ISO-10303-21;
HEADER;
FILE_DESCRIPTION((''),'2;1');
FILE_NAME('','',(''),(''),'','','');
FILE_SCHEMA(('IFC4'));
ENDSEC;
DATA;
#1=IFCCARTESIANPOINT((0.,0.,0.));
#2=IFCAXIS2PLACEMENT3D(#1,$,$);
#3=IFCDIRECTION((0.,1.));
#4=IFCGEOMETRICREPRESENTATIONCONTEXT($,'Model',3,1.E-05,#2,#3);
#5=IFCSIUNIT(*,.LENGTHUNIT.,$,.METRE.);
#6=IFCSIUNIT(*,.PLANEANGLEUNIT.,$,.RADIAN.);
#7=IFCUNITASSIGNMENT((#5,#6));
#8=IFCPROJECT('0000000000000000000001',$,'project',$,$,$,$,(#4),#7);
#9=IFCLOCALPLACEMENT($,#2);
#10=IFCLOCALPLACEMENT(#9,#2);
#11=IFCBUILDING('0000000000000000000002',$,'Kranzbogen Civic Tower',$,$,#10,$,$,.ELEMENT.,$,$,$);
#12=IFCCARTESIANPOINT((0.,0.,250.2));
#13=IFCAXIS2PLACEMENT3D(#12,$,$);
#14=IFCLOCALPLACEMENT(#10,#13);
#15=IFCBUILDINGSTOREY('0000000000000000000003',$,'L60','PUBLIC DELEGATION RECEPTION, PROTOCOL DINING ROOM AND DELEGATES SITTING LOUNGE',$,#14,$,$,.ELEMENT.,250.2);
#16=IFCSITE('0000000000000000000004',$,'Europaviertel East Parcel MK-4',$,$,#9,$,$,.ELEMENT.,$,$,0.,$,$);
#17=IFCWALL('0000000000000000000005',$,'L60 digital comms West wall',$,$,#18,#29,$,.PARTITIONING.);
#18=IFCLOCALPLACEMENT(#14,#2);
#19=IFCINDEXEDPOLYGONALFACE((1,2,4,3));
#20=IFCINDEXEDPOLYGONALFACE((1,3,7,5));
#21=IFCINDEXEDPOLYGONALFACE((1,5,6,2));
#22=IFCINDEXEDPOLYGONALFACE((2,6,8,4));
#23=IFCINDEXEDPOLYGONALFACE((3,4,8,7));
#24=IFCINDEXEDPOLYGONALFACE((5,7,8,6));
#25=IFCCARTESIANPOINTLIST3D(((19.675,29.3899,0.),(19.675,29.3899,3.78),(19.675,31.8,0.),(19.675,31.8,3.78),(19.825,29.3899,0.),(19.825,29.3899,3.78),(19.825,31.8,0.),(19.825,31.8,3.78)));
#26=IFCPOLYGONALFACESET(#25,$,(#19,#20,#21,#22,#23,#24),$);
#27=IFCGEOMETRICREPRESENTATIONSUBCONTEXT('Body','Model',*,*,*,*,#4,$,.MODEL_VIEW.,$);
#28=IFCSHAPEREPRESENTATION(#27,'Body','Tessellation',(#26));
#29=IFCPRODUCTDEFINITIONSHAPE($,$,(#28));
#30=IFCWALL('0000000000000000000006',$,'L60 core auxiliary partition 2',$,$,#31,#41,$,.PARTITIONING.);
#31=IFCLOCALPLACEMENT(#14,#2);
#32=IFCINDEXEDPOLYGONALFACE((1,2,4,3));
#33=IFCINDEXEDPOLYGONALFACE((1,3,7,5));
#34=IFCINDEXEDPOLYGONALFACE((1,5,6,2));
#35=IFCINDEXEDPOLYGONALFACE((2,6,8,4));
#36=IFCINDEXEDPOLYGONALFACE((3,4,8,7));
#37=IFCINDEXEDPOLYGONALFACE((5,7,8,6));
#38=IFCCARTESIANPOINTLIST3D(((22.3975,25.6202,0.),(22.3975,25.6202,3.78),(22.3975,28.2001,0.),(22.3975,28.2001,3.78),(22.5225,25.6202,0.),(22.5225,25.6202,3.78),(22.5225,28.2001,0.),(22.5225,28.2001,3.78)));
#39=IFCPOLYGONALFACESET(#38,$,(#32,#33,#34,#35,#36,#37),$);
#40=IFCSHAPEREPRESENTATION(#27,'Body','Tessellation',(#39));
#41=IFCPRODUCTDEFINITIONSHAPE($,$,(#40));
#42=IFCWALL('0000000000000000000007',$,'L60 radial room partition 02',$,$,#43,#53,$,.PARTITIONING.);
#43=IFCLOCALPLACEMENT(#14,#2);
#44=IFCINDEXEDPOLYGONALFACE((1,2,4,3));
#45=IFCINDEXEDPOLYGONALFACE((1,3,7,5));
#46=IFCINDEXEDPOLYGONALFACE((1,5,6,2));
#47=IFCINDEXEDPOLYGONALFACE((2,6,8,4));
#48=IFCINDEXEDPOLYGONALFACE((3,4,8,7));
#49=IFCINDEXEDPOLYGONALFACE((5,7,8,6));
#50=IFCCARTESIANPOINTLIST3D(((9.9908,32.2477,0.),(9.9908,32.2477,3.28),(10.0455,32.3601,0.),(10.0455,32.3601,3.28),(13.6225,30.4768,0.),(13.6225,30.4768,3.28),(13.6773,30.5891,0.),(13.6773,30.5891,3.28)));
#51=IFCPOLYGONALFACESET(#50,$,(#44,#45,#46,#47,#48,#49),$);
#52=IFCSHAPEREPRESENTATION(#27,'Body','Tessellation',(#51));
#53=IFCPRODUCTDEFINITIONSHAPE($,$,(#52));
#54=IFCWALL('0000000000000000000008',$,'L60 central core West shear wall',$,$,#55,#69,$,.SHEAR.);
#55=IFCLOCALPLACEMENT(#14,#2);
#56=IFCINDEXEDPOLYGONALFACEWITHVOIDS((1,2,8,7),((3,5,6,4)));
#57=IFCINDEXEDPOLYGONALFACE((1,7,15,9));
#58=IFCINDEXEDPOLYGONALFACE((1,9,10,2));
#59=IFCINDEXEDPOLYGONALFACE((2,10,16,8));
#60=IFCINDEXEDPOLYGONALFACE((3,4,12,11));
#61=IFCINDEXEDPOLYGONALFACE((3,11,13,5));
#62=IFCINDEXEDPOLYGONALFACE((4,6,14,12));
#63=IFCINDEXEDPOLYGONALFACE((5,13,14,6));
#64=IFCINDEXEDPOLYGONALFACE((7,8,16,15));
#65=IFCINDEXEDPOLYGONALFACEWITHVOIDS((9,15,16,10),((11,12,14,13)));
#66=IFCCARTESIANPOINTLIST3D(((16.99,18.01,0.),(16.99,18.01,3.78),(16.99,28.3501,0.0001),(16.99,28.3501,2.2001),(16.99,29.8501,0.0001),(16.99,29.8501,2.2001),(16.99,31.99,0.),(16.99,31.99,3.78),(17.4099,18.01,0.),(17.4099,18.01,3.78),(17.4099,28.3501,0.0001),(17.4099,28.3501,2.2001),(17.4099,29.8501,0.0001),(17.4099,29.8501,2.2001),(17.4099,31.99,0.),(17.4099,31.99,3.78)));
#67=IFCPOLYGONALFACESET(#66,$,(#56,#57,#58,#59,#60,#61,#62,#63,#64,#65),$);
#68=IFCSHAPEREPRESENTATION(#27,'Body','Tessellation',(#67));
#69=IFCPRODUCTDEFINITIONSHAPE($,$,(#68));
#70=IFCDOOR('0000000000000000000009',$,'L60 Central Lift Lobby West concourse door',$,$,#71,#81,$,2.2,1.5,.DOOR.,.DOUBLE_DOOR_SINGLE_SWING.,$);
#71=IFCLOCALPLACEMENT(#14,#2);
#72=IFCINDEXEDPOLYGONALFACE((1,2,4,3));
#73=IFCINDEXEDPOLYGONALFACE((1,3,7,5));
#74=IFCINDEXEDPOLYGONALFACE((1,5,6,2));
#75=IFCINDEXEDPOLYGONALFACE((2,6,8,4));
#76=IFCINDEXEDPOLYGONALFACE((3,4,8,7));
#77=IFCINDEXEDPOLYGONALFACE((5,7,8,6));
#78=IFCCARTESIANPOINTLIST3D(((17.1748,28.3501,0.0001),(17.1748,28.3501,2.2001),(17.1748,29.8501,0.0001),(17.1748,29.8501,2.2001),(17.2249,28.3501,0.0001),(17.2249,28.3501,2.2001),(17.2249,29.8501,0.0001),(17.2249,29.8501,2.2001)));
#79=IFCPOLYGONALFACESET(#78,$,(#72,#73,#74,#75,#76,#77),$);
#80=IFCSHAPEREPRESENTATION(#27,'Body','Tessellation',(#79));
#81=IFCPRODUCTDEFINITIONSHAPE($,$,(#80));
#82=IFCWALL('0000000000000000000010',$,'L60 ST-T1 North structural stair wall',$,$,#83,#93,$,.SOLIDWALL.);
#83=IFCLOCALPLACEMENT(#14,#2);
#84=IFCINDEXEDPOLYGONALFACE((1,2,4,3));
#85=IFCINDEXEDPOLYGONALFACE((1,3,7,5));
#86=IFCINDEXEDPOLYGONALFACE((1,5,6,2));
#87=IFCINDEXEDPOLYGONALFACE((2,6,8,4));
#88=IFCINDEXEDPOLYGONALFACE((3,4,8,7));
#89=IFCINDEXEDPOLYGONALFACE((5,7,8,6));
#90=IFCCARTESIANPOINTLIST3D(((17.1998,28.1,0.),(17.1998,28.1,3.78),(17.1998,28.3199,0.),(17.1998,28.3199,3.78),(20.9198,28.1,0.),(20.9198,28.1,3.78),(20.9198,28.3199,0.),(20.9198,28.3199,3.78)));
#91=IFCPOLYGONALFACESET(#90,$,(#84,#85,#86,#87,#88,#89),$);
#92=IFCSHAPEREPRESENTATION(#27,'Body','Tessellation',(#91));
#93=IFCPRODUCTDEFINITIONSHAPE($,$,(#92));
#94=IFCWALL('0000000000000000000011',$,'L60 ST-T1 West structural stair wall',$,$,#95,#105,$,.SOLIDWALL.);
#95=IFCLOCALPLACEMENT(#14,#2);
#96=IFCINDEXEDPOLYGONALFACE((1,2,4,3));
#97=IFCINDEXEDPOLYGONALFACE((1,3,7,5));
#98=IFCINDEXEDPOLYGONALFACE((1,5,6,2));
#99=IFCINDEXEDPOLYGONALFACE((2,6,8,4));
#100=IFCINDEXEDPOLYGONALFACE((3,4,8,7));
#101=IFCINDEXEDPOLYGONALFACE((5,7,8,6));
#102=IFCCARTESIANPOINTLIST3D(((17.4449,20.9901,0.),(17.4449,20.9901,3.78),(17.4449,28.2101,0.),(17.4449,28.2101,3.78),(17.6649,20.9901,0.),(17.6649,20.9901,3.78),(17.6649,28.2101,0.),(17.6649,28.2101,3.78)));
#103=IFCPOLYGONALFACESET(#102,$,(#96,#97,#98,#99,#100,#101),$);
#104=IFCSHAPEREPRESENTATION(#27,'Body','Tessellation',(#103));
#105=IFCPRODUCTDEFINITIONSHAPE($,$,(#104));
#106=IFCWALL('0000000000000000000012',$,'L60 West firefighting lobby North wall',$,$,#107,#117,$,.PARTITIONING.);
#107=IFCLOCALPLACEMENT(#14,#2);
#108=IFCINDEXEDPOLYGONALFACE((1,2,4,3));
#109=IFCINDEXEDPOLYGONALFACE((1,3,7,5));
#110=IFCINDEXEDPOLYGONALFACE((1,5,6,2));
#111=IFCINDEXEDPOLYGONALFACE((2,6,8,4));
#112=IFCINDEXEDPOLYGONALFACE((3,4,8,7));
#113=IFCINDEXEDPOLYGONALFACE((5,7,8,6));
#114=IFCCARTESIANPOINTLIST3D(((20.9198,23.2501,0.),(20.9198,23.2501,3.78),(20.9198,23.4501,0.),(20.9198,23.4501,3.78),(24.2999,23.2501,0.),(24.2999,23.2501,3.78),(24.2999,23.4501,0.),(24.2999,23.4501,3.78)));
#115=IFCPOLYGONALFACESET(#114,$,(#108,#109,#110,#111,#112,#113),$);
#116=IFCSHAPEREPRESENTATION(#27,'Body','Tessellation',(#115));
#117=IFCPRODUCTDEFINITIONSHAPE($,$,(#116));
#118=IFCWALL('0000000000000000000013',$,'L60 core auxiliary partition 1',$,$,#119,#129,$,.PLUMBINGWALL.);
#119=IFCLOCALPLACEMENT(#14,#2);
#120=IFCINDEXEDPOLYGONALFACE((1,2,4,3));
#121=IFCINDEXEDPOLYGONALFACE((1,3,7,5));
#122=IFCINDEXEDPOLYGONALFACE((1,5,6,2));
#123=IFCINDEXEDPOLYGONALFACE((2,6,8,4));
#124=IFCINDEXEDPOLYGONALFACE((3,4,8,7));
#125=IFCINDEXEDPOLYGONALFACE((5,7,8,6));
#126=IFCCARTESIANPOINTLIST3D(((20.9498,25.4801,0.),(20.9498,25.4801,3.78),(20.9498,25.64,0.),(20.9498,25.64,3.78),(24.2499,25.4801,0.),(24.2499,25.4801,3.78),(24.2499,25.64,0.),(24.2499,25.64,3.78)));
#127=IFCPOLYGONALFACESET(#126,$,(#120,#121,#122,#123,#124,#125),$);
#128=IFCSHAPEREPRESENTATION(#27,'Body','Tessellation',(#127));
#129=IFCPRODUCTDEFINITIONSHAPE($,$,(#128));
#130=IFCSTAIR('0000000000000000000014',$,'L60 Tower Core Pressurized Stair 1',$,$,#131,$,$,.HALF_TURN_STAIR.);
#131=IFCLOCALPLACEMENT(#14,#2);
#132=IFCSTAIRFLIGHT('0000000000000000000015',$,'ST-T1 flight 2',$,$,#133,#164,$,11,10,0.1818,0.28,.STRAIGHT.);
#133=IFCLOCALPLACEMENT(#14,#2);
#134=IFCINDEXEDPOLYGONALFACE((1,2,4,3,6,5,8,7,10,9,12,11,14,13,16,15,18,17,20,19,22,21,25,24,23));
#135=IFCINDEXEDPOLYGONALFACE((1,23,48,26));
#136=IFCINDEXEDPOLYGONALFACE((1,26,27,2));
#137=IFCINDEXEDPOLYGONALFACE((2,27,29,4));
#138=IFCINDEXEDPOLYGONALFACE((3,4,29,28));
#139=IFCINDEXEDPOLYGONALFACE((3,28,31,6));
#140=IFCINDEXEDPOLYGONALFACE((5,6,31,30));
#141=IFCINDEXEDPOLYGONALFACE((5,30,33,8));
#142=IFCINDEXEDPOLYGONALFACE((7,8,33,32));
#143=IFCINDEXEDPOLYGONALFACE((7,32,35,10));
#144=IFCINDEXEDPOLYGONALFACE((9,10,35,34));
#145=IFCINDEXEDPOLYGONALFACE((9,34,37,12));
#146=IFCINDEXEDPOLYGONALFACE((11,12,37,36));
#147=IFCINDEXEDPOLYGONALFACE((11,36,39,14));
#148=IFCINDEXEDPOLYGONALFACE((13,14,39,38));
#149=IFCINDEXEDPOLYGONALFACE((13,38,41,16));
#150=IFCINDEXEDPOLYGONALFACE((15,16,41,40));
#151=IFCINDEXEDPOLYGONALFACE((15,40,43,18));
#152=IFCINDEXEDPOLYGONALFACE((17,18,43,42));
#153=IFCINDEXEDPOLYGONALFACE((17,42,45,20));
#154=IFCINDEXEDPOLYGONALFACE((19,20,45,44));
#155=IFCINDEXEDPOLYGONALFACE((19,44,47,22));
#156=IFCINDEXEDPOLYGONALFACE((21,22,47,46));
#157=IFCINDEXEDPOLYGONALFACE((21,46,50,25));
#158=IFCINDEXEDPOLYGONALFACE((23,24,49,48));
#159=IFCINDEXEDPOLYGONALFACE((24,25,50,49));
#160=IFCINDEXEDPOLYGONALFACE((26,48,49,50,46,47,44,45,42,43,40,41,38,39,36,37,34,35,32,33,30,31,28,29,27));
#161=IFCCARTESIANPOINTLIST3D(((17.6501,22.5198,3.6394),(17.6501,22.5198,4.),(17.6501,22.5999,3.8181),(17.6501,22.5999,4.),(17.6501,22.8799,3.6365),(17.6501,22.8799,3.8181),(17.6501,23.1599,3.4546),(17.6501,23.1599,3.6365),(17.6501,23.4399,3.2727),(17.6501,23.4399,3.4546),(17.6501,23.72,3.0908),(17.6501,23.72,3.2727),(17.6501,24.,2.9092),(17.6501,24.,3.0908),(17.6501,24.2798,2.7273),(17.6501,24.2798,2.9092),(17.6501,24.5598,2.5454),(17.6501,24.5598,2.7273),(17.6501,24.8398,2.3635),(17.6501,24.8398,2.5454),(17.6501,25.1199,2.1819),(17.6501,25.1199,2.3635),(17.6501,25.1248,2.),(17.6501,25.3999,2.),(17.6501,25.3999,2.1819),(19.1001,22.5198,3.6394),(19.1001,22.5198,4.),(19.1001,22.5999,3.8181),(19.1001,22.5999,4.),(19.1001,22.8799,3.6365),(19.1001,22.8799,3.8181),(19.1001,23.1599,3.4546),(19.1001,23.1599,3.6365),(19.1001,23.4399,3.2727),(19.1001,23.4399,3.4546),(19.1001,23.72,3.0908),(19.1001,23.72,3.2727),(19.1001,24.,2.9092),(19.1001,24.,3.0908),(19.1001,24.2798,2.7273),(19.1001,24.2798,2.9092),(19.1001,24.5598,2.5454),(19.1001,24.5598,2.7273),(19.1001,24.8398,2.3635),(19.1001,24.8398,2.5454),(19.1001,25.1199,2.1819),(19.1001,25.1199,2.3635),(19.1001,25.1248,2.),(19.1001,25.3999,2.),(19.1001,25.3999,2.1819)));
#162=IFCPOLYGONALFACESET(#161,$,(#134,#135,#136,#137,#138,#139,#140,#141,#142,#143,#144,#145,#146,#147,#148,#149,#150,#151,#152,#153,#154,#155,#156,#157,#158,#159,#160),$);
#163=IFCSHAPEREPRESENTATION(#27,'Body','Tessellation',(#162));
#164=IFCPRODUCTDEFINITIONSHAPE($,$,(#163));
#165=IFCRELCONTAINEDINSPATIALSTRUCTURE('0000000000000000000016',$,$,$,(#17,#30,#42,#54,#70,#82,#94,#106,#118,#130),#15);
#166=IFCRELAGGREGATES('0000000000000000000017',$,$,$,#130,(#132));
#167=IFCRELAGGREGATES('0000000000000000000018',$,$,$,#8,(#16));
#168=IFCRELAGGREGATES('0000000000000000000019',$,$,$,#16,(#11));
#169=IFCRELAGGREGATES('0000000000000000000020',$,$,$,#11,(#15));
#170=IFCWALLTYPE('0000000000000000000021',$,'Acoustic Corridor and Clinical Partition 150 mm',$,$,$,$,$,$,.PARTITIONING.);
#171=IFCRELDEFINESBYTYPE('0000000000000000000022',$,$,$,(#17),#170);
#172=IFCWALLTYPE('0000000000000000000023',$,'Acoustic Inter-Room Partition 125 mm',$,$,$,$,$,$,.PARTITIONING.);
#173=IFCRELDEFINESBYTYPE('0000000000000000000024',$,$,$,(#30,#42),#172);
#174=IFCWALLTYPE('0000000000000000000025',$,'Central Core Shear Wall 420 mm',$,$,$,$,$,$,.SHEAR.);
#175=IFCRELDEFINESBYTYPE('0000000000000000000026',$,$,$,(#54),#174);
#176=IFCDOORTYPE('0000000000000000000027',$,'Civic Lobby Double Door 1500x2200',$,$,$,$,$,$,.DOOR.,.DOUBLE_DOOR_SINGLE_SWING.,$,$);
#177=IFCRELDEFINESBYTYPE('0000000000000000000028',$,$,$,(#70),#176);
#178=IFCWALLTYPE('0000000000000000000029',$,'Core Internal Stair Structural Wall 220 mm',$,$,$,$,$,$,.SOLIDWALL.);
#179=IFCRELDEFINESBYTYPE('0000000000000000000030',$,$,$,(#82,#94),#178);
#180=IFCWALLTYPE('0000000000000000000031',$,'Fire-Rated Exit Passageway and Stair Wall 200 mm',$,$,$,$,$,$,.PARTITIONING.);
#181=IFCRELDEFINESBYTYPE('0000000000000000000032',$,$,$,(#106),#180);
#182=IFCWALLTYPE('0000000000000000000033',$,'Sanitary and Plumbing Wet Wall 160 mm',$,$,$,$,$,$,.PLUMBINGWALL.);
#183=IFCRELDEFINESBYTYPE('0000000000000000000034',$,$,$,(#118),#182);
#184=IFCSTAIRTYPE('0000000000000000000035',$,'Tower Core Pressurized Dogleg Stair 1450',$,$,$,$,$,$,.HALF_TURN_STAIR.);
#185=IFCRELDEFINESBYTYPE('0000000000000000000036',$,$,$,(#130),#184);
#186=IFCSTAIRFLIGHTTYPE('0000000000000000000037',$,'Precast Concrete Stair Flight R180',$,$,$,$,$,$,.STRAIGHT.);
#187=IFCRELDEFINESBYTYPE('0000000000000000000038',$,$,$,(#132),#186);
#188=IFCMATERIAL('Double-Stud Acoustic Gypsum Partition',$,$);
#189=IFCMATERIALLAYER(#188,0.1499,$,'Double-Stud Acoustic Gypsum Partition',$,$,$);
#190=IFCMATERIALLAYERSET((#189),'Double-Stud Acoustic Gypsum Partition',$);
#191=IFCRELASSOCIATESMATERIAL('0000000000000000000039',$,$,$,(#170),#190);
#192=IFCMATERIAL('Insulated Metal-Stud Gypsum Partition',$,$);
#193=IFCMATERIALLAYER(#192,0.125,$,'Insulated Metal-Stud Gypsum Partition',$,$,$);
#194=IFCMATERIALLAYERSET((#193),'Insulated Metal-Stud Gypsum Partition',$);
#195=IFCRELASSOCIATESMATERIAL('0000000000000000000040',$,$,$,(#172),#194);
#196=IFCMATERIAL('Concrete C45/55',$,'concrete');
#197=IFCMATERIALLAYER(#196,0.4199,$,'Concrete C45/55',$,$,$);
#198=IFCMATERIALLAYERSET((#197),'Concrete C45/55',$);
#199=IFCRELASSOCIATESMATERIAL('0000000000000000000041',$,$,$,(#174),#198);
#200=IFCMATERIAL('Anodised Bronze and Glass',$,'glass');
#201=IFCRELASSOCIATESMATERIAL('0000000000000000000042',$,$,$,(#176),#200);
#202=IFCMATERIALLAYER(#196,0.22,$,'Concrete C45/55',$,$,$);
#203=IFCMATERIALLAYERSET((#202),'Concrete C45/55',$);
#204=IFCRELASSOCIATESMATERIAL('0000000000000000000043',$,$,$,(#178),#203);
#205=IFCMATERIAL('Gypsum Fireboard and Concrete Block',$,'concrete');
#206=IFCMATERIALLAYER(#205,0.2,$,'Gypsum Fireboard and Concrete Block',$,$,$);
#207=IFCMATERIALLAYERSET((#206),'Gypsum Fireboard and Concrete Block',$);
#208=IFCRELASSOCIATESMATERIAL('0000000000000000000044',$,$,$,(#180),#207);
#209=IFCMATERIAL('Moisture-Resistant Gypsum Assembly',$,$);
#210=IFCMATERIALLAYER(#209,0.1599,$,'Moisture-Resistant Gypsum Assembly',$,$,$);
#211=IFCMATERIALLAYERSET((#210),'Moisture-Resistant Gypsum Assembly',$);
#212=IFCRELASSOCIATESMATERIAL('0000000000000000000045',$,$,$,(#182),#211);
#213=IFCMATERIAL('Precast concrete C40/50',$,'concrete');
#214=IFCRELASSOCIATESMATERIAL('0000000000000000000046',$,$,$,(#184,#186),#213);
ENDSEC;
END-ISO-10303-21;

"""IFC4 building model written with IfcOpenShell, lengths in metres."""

from ifc_helpers import new_model, si_unit, direction, frame, frame_2d, origin, place, context, subcontext, project, spatial, polyline, rectangle, outline, extrude, material, layer, layer_set, type_object, element, fill, aggregate, save


model = new_model("IFC4")

# Units and contexts
model_context = context("Model", 3, precision=1e-05, world=origin(), true_north=direction((0.0, 1.0)))
body_context = subcontext(model_context, "Body", "Model", "MODEL_VIEW")
ifc_project = project(units=[si_unit("LENGTHUNIT", "METRE"), si_unit("PLANEANGLEUNIT", "RADIAN")], contexts=[model_context])

# Site, building, storey
site_placement = place(None, origin())
site = spatial("IfcSite", under=ifc_project, at=site_placement, Name="Europaviertel East Parcel MK-4", CompositionType="ELEMENT", RefElevation=0.0)
building_placement = place(site_placement, origin())
building = spatial("IfcBuilding", under=site, at=building_placement, Name="Kranzbogen Civic Tower", CompositionType="ELEMENT")
storey_placement = place(building_placement, frame((0.0, 0.0, 250.2)))
storey = spatial("IfcBuildingStorey", under=building, at=storey_placement, Name="L60", Description="PUBLIC DELEGATION RECEPTION, PROTOCOL DINING ROOM AND DELEGATES SITTING LOUNGE", CompositionType="ELEMENT", Elevation=250.2)

# Wall
ifc_material_1 = material(Name="Double-Stud Acoustic Gypsum Partition")
ifc_layer_1 = layer(ifc_material_1, 0.1499, Name="Double-Stud Acoustic Gypsum Partition")
ifc_layer_set_1 = layer_set([ifc_layer_1], Name="Double-Stud Acoustic Gypsum Partition")
wall_type_1 = type_object("IfcWallType", Name="Acoustic Corridor and Clinical Partition 150 mm", PredefinedType="PARTITIONING", material=ifc_layer_set_1)
wall_1_placement = place(storey_placement, frame((19.75, 29.3899, 0.0), z_axis=(0.0, 0.0, 1.0), x_axis=(0.0, 1.0, 0.0)))
element("IfcWall", 1, at=wall_1_placement, inside=storey, type_object=wall_type_1, Name="L60 digital comms West wall", PredefinedType="PARTITIONING", context=body_context, shape_type="SweptSolid", body=[
    extrude(rectangle(XDim=2.4102, YDim=0.1499, at=frame_2d((1.2051, 0.0))), origin(), (0.0, 0.0, 1.0), 3.78),
])

# Shared definitions
ifc_material_2 = material(Name="Insulated Metal-Stud Gypsum Partition")
ifc_layer_2 = layer(ifc_material_2, 0.125, Name="Insulated Metal-Stud Gypsum Partition")
ifc_layer_set_2 = layer_set([ifc_layer_2], Name="Insulated Metal-Stud Gypsum Partition")
wall_type_2 = type_object("IfcWallType", Name="Acoustic Inter-Room Partition 125 mm", PredefinedType="PARTITIONING", material=ifc_layer_set_2)

# Walls
wall_2_placement = place(storey_placement, frame((22.46, 25.6201, 0.0), z_axis=(0.0, 0.0, 1.0), x_axis=(0.0, 1.0, 0.0)))
element("IfcWall", 2, at=wall_2_placement, inside=storey, type_object=wall_type_2, Name="L60 core auxiliary partition 2", PredefinedType="PARTITIONING", context=body_context, shape_type="SweptSolid", body=[
    extrude(rectangle(XDim=2.5798, YDim=0.125, at=frame_2d((1.29, 0.0))), origin(), (0.0, 0.0, 1.0), 3.78),
])
wall_3_placement = place(storey_placement, frame((13.6499, 30.533, 0.0), z_axis=(0.0, 0.0, 1.0), x_axis=(-0.89883, 0.438297, 0.0)))
element("IfcWall", 3, at=wall_3_placement, inside=storey, type_object=wall_type_2, Name="L60 radial room partition 02", PredefinedType="PARTITIONING", context=body_context, shape_type="SweptSolid", body=[
    extrude(rectangle(XDim=4.0405, YDim=0.125, at=frame_2d((2.0203, 0.0))), origin(), (0.0, 0.0, 1.0), 3.28),
])

# Wall, opening, door
ifc_material_3 = material(Name="Concrete C45/55", Category="concrete")
ifc_layer_3 = layer(ifc_material_3, 0.4199, Name="Concrete C45/55")
ifc_layer_set_3 = layer_set([ifc_layer_3], Name="Concrete C45/55")
wall_type_3 = type_object("IfcWallType", Name="Central Core Shear Wall 420 mm", PredefinedType="SHEAR", material=ifc_layer_set_3)
wall_4_placement = place(storey_placement, frame((17.2, 31.99, 0.0), z_axis=(0.0, 0.0, 1.0), x_axis=(0.0, -1.0, 0.0)))
wall_4 = element("IfcWall", 4, at=wall_4_placement, inside=storey, type_object=wall_type_3, Name="L60 central core West shear wall", PredefinedType="SHEAR", context=body_context, shape_type="SweptSolid", body=[
    extrude(rectangle(XDim=13.98, YDim=0.4199, at=frame_2d((6.99, 0.0))), origin(), (0.0, 0.0, 1.0), 3.78),
])
opening_1_placement = place(wall_4_placement, frame((2.1399, 0.0, 0.0)))
opening_1 = element("IfcOpeningElement", 5, at=opening_1_placement, cuts=wall_4, PredefinedType="OPENING", context=body_context, shape_type="SweptSolid", body=[
    extrude(rectangle(XDim=1.5, YDim=2.2, at=frame_2d((0.75, 1.1001))), frame((0.0, 0.22, 0.0), z_axis=(0.0, -1.0, 0.0), x_axis=(1.0, 0.0, 0.0)), (0.0, 0.0, 1.0), 0.4399),
])
ifc_material_4 = material(Name="Anodised Bronze and Glass", Category="glass")
door_type_1 = type_object("IfcDoorType", Name="Civic Lobby Double Door 1500x2200", OperationType="DOUBLE_DOOR_SINGLE_SWING", PredefinedType="DOOR", material=ifc_material_4)
door_1_placement = place(opening_1_placement, origin())
door_1 = element("IfcDoor", 6, at=door_1_placement, inside=storey, type_object=door_type_1, Name="L60 Central Lift Lobby West concourse door", OperationType="DOUBLE_DOOR_SINGLE_SWING", OverallHeight=2.2, OverallWidth=1.5, PredefinedType="DOOR", context=body_context, shape_type="SweptSolid", body=[
    extrude(rectangle(XDim=1.5, YDim=2.2, at=frame_2d((0.75, 1.1001))), frame((0.0, 0.0249, 0.0), z_axis=(0.0, -1.0, 0.0), x_axis=(1.0, 0.0, 0.0)), (0.0, 0.0, 1.0), 0.05),
])
fill(opening_1, door_1)

# Walls
ifc_layer_4 = layer(ifc_material_3, 0.22, Name="Concrete C45/55")
ifc_layer_set_4 = layer_set([ifc_layer_4], Name="Concrete C45/55")
wall_type_4 = type_object("IfcWallType", Name="Core Internal Stair Structural Wall 220 mm", PredefinedType="SOLIDWALL", material=ifc_layer_set_4)
wall_5_placement = place(storey_placement, frame((17.2, 28.21, 0.0), z_axis=(0.0, 0.0, 1.0), x_axis=(1.0, 0.0, 0.0)))
element("IfcWall", 7, at=wall_5_placement, inside=storey, type_object=wall_type_4, Name="L60 ST-T1 North structural stair wall", PredefinedType="SOLIDWALL", context=body_context, shape_type="SweptSolid", body=[
    extrude(rectangle(XDim=3.72, YDim=0.22, at=frame_2d((1.8599, 0.0))), origin(), (0.0, 0.0, 1.0), 3.78),
])
wall_6_placement = place(storey_placement, frame((17.5549, 28.21, 0.0), z_axis=(0.0, 0.0, 1.0), x_axis=(0.0, -1.0, 0.0)))
element("IfcWall", 8, at=wall_6_placement, inside=storey, type_object=wall_type_4, Name="L60 ST-T1 West structural stair wall", PredefinedType="SOLIDWALL", context=body_context, shape_type="SweptSolid", body=[
    extrude(rectangle(XDim=7.22, YDim=0.22, at=frame_2d((3.6099, 0.0))), origin(), (0.0, 0.0, 1.0), 3.78),
])
ifc_material_5 = material(Name="Gypsum Fireboard and Concrete Block", Category="concrete")
ifc_layer_5 = layer(ifc_material_5, 0.2, Name="Gypsum Fireboard and Concrete Block")
ifc_layer_set_5 = layer_set([ifc_layer_5], Name="Gypsum Fireboard and Concrete Block")
wall_type_5 = type_object("IfcWallType", Name="Fire-Rated Exit Passageway and Stair Wall 200 mm", PredefinedType="PARTITIONING", material=ifc_layer_set_5)
wall_7_placement = place(storey_placement, frame((20.9199, 23.3501, 0.0), z_axis=(0.0, 0.0, 1.0), x_axis=(1.0, 0.0, 0.0)))
element("IfcWall", 9, at=wall_7_placement, inside=storey, type_object=wall_type_5, Name="L60 West firefighting lobby North wall", PredefinedType="PARTITIONING", context=body_context, shape_type="SweptSolid", body=[
    extrude(rectangle(XDim=3.3801, YDim=0.2, at=frame_2d((1.6899, 0.0))), origin(), (0.0, 0.0, 1.0), 3.78),
])
ifc_material_6 = material(Name="Moisture-Resistant Gypsum Assembly")
ifc_layer_6 = layer(ifc_material_6, 0.1599, Name="Moisture-Resistant Gypsum Assembly")
ifc_layer_set_6 = layer_set([ifc_layer_6], Name="Moisture-Resistant Gypsum Assembly")
wall_type_6 = type_object("IfcWallType", Name="Sanitary and Plumbing Wet Wall 160 mm", PredefinedType="PLUMBINGWALL", material=ifc_layer_set_6)
wall_8_placement = place(storey_placement, frame((20.95, 25.5601, 0.0), z_axis=(0.0, 0.0, 1.0), x_axis=(1.0, 0.0, 0.0)))
element("IfcWall", 10, at=wall_8_placement, inside=storey, type_object=wall_type_6, Name="L60 core auxiliary partition 1", PredefinedType="PLUMBINGWALL", context=body_context, shape_type="SweptSolid", body=[
    extrude(rectangle(XDim=3.3, YDim=0.1599, at=frame_2d((1.6499, 0.0))), origin(), (0.0, 0.0, 1.0), 3.78),
])

# Stair, stair flight
ifc_material_7 = material(Name="Precast concrete C40/50", Category="concrete")
stair_type = type_object("IfcStairType", Name="Tower Core Pressurized Dogleg Stair 1450", PredefinedType="HALF_TURN_STAIR", material=ifc_material_7)
stair_placement = place(storey_placement, origin())
stair = element("IfcStair", 11, at=stair_placement, inside=storey, type_object=stair_type, Name="L60 Tower Core Pressurized Stair 1", PredefinedType="HALF_TURN_STAIR")
stair_flight_type = type_object("IfcStairFlightType", Name="Precast Concrete Stair Flight R180", PredefinedType="STRAIGHT", material=ifc_material_7)
stair_flight_placement = place(storey_placement, frame((18.375, 25.3999, 2.0), z_axis=(0.0, 0.0, 1.0), x_axis=(0.0, -1.0, 0.0)))
stair_flight = element("IfcStairFlight", 12, at=stair_flight_placement, type_object=stair_flight_type, Name="ST-T1 flight 2", NumberOfRisers=11, NumberOfTreads=10, PredefinedType="STRAIGHT", RiserHeight=0.1818, TreadLength=0.28, context=body_context, shape_type="SweptSolid", body=[
    extrude(outline(polyline([(0.0, 0.0), (0.0, 0.1819), (0.28, 0.1819), (0.28, 0.3635), (0.5601, 0.3635), (0.5601, 0.5454), (0.8401, 0.5454), (0.8401, 0.7273), (1.1201, 0.7273), (1.1201, 0.9092), (1.3999, 0.9092), (1.3999, 1.0908), (1.6799, 1.0908), (1.6799, 1.2727), (1.96, 1.2727), (1.96, 1.4546), (2.24, 1.4546), (2.24, 1.6365), (2.52, 1.6365), (2.52, 1.8181), (2.8, 1.8181), (2.8, 2.0), (2.8801, 2.0), (2.8801, 1.6394), (0.2751, 0.0), (0.0, 0.0)])), frame((0.0, 0.7251, 0.0), z_axis=(0.0, -1.0, 0.0), x_axis=(1.0, 0.0, 0.0)), (0.0, 0.0, 1.0), 1.45),
])
aggregate(stair, [stair_flight])

save(model, "model.ifc")
